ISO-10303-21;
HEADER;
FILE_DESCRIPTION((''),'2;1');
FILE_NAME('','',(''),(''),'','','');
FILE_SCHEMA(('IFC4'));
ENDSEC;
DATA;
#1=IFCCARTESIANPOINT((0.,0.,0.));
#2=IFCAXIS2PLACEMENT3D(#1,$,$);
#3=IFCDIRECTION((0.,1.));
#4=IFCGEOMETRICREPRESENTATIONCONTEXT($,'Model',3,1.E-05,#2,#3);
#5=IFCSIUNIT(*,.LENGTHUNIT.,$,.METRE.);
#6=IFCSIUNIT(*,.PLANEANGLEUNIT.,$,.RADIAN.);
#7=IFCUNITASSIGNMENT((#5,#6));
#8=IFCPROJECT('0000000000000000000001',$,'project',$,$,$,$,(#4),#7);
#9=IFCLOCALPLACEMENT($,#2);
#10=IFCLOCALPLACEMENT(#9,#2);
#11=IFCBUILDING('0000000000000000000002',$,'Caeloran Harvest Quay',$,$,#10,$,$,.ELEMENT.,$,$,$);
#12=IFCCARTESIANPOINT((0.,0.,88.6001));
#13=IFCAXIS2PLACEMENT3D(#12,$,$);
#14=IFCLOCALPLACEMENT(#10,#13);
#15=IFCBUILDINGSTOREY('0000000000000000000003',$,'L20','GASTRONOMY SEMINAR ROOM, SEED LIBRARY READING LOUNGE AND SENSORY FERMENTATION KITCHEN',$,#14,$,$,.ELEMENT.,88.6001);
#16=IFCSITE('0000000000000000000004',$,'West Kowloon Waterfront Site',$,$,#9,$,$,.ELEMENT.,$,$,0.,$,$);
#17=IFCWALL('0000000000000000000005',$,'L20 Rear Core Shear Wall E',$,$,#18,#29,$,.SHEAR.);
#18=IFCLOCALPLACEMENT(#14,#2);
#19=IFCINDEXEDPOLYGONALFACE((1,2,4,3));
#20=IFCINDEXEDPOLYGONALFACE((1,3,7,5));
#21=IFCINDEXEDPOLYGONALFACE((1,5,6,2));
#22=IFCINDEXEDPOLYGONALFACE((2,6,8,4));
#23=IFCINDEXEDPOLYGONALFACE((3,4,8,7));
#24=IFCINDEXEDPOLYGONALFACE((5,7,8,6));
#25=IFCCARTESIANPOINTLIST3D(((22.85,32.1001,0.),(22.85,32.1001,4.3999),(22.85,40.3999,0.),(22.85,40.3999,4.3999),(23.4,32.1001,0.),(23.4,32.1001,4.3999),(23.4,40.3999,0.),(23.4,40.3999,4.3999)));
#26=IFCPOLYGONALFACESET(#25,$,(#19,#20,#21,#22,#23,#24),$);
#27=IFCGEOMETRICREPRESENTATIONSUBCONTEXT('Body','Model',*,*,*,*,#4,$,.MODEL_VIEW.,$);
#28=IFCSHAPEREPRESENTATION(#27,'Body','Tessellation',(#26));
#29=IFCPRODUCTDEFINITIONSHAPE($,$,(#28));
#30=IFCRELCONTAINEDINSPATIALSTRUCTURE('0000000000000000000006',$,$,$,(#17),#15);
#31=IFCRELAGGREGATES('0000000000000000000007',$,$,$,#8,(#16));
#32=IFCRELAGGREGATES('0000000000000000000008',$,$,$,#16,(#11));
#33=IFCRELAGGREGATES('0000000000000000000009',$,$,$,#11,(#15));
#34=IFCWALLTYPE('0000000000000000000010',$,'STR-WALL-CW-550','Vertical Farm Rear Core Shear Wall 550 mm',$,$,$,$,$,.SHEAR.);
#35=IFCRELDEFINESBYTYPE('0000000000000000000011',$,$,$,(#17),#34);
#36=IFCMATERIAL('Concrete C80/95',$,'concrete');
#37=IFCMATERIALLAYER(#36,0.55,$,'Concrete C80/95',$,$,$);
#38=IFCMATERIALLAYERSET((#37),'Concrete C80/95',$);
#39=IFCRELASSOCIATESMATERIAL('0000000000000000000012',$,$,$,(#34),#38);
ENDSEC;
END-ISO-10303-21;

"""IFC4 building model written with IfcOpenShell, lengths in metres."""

from ifc_helpers import new_model, si_unit, direction, frame, frame_2d, origin, place, context, subcontext, project, spatial, rectangle, extrude, material, layer, layer_set, type_object, element, save


model = new_model("IFC4")

# Units and contexts
model_context = context("Model", 3, precision=1e-05, world=origin(), true_north=direction((0.0, 1.0)))
body_context = subcontext(model_context, "Body", "Model", "MODEL_VIEW")
ifc_project = project(units=[si_unit("LENGTHUNIT", "METRE"), si_unit("PLANEANGLEUNIT", "RADIAN")], contexts=[model_context])

# Site, building, storey
site_placement = place(None, origin())
site = spatial("IfcSite", under=ifc_project, at=site_placement, Name="West Kowloon Waterfront Site", CompositionType="ELEMENT", RefElevation=0.0)
building_placement = place(site_placement, origin())
building = spatial("IfcBuilding", under=site, at=building_placement, Name="Caeloran Harvest Quay", CompositionType="ELEMENT")
storey_placement = place(building_placement, frame((0.0, 0.0, 88.6001)))
storey = spatial("IfcBuildingStorey", under=building, at=storey_placement, Name="L20", Description="GASTRONOMY SEMINAR ROOM, SEED LIBRARY READING LOUNGE AND SENSORY FERMENTATION KITCHEN", CompositionType="ELEMENT", Elevation=88.6001)

# Shared definitions
ifc_material_1 = material(Name="Concrete C80/95", Category="concrete")

# Wall
ifc_layer_1 = layer(ifc_material_1, 0.55, Name="Concrete C80/95")
ifc_layer_set_1 = layer_set([ifc_layer_1], Name="Concrete C80/95")
wall_type_1 = type_object("IfcWallType", Name="STR-WALL-CW-550", Description="Vertical Farm Rear Core Shear Wall 550 mm", PredefinedType="SHEAR", material=ifc_layer_set_1)
wall_1_placement = place(storey_placement, frame((23.125, 32.1001, 0.0), z_axis=(0.0, 0.0, 1.0), x_axis=(0.0, 1.0, 0.0)))
element("IfcWall", 1, at=wall_1_placement, inside=storey, type_object=wall_type_1, Name="L20 Rear Core Shear Wall E", PredefinedType="SHEAR", context=body_context, shape_type="SweptSolid", body=[
    extrude(rectangle(XDim=8.2998, YDim=0.55, at=frame_2d((4.1499, 0.0))), origin(), (0.0, 0.0, 1.0), 4.3999),
])

save(model, "model.ifc")
